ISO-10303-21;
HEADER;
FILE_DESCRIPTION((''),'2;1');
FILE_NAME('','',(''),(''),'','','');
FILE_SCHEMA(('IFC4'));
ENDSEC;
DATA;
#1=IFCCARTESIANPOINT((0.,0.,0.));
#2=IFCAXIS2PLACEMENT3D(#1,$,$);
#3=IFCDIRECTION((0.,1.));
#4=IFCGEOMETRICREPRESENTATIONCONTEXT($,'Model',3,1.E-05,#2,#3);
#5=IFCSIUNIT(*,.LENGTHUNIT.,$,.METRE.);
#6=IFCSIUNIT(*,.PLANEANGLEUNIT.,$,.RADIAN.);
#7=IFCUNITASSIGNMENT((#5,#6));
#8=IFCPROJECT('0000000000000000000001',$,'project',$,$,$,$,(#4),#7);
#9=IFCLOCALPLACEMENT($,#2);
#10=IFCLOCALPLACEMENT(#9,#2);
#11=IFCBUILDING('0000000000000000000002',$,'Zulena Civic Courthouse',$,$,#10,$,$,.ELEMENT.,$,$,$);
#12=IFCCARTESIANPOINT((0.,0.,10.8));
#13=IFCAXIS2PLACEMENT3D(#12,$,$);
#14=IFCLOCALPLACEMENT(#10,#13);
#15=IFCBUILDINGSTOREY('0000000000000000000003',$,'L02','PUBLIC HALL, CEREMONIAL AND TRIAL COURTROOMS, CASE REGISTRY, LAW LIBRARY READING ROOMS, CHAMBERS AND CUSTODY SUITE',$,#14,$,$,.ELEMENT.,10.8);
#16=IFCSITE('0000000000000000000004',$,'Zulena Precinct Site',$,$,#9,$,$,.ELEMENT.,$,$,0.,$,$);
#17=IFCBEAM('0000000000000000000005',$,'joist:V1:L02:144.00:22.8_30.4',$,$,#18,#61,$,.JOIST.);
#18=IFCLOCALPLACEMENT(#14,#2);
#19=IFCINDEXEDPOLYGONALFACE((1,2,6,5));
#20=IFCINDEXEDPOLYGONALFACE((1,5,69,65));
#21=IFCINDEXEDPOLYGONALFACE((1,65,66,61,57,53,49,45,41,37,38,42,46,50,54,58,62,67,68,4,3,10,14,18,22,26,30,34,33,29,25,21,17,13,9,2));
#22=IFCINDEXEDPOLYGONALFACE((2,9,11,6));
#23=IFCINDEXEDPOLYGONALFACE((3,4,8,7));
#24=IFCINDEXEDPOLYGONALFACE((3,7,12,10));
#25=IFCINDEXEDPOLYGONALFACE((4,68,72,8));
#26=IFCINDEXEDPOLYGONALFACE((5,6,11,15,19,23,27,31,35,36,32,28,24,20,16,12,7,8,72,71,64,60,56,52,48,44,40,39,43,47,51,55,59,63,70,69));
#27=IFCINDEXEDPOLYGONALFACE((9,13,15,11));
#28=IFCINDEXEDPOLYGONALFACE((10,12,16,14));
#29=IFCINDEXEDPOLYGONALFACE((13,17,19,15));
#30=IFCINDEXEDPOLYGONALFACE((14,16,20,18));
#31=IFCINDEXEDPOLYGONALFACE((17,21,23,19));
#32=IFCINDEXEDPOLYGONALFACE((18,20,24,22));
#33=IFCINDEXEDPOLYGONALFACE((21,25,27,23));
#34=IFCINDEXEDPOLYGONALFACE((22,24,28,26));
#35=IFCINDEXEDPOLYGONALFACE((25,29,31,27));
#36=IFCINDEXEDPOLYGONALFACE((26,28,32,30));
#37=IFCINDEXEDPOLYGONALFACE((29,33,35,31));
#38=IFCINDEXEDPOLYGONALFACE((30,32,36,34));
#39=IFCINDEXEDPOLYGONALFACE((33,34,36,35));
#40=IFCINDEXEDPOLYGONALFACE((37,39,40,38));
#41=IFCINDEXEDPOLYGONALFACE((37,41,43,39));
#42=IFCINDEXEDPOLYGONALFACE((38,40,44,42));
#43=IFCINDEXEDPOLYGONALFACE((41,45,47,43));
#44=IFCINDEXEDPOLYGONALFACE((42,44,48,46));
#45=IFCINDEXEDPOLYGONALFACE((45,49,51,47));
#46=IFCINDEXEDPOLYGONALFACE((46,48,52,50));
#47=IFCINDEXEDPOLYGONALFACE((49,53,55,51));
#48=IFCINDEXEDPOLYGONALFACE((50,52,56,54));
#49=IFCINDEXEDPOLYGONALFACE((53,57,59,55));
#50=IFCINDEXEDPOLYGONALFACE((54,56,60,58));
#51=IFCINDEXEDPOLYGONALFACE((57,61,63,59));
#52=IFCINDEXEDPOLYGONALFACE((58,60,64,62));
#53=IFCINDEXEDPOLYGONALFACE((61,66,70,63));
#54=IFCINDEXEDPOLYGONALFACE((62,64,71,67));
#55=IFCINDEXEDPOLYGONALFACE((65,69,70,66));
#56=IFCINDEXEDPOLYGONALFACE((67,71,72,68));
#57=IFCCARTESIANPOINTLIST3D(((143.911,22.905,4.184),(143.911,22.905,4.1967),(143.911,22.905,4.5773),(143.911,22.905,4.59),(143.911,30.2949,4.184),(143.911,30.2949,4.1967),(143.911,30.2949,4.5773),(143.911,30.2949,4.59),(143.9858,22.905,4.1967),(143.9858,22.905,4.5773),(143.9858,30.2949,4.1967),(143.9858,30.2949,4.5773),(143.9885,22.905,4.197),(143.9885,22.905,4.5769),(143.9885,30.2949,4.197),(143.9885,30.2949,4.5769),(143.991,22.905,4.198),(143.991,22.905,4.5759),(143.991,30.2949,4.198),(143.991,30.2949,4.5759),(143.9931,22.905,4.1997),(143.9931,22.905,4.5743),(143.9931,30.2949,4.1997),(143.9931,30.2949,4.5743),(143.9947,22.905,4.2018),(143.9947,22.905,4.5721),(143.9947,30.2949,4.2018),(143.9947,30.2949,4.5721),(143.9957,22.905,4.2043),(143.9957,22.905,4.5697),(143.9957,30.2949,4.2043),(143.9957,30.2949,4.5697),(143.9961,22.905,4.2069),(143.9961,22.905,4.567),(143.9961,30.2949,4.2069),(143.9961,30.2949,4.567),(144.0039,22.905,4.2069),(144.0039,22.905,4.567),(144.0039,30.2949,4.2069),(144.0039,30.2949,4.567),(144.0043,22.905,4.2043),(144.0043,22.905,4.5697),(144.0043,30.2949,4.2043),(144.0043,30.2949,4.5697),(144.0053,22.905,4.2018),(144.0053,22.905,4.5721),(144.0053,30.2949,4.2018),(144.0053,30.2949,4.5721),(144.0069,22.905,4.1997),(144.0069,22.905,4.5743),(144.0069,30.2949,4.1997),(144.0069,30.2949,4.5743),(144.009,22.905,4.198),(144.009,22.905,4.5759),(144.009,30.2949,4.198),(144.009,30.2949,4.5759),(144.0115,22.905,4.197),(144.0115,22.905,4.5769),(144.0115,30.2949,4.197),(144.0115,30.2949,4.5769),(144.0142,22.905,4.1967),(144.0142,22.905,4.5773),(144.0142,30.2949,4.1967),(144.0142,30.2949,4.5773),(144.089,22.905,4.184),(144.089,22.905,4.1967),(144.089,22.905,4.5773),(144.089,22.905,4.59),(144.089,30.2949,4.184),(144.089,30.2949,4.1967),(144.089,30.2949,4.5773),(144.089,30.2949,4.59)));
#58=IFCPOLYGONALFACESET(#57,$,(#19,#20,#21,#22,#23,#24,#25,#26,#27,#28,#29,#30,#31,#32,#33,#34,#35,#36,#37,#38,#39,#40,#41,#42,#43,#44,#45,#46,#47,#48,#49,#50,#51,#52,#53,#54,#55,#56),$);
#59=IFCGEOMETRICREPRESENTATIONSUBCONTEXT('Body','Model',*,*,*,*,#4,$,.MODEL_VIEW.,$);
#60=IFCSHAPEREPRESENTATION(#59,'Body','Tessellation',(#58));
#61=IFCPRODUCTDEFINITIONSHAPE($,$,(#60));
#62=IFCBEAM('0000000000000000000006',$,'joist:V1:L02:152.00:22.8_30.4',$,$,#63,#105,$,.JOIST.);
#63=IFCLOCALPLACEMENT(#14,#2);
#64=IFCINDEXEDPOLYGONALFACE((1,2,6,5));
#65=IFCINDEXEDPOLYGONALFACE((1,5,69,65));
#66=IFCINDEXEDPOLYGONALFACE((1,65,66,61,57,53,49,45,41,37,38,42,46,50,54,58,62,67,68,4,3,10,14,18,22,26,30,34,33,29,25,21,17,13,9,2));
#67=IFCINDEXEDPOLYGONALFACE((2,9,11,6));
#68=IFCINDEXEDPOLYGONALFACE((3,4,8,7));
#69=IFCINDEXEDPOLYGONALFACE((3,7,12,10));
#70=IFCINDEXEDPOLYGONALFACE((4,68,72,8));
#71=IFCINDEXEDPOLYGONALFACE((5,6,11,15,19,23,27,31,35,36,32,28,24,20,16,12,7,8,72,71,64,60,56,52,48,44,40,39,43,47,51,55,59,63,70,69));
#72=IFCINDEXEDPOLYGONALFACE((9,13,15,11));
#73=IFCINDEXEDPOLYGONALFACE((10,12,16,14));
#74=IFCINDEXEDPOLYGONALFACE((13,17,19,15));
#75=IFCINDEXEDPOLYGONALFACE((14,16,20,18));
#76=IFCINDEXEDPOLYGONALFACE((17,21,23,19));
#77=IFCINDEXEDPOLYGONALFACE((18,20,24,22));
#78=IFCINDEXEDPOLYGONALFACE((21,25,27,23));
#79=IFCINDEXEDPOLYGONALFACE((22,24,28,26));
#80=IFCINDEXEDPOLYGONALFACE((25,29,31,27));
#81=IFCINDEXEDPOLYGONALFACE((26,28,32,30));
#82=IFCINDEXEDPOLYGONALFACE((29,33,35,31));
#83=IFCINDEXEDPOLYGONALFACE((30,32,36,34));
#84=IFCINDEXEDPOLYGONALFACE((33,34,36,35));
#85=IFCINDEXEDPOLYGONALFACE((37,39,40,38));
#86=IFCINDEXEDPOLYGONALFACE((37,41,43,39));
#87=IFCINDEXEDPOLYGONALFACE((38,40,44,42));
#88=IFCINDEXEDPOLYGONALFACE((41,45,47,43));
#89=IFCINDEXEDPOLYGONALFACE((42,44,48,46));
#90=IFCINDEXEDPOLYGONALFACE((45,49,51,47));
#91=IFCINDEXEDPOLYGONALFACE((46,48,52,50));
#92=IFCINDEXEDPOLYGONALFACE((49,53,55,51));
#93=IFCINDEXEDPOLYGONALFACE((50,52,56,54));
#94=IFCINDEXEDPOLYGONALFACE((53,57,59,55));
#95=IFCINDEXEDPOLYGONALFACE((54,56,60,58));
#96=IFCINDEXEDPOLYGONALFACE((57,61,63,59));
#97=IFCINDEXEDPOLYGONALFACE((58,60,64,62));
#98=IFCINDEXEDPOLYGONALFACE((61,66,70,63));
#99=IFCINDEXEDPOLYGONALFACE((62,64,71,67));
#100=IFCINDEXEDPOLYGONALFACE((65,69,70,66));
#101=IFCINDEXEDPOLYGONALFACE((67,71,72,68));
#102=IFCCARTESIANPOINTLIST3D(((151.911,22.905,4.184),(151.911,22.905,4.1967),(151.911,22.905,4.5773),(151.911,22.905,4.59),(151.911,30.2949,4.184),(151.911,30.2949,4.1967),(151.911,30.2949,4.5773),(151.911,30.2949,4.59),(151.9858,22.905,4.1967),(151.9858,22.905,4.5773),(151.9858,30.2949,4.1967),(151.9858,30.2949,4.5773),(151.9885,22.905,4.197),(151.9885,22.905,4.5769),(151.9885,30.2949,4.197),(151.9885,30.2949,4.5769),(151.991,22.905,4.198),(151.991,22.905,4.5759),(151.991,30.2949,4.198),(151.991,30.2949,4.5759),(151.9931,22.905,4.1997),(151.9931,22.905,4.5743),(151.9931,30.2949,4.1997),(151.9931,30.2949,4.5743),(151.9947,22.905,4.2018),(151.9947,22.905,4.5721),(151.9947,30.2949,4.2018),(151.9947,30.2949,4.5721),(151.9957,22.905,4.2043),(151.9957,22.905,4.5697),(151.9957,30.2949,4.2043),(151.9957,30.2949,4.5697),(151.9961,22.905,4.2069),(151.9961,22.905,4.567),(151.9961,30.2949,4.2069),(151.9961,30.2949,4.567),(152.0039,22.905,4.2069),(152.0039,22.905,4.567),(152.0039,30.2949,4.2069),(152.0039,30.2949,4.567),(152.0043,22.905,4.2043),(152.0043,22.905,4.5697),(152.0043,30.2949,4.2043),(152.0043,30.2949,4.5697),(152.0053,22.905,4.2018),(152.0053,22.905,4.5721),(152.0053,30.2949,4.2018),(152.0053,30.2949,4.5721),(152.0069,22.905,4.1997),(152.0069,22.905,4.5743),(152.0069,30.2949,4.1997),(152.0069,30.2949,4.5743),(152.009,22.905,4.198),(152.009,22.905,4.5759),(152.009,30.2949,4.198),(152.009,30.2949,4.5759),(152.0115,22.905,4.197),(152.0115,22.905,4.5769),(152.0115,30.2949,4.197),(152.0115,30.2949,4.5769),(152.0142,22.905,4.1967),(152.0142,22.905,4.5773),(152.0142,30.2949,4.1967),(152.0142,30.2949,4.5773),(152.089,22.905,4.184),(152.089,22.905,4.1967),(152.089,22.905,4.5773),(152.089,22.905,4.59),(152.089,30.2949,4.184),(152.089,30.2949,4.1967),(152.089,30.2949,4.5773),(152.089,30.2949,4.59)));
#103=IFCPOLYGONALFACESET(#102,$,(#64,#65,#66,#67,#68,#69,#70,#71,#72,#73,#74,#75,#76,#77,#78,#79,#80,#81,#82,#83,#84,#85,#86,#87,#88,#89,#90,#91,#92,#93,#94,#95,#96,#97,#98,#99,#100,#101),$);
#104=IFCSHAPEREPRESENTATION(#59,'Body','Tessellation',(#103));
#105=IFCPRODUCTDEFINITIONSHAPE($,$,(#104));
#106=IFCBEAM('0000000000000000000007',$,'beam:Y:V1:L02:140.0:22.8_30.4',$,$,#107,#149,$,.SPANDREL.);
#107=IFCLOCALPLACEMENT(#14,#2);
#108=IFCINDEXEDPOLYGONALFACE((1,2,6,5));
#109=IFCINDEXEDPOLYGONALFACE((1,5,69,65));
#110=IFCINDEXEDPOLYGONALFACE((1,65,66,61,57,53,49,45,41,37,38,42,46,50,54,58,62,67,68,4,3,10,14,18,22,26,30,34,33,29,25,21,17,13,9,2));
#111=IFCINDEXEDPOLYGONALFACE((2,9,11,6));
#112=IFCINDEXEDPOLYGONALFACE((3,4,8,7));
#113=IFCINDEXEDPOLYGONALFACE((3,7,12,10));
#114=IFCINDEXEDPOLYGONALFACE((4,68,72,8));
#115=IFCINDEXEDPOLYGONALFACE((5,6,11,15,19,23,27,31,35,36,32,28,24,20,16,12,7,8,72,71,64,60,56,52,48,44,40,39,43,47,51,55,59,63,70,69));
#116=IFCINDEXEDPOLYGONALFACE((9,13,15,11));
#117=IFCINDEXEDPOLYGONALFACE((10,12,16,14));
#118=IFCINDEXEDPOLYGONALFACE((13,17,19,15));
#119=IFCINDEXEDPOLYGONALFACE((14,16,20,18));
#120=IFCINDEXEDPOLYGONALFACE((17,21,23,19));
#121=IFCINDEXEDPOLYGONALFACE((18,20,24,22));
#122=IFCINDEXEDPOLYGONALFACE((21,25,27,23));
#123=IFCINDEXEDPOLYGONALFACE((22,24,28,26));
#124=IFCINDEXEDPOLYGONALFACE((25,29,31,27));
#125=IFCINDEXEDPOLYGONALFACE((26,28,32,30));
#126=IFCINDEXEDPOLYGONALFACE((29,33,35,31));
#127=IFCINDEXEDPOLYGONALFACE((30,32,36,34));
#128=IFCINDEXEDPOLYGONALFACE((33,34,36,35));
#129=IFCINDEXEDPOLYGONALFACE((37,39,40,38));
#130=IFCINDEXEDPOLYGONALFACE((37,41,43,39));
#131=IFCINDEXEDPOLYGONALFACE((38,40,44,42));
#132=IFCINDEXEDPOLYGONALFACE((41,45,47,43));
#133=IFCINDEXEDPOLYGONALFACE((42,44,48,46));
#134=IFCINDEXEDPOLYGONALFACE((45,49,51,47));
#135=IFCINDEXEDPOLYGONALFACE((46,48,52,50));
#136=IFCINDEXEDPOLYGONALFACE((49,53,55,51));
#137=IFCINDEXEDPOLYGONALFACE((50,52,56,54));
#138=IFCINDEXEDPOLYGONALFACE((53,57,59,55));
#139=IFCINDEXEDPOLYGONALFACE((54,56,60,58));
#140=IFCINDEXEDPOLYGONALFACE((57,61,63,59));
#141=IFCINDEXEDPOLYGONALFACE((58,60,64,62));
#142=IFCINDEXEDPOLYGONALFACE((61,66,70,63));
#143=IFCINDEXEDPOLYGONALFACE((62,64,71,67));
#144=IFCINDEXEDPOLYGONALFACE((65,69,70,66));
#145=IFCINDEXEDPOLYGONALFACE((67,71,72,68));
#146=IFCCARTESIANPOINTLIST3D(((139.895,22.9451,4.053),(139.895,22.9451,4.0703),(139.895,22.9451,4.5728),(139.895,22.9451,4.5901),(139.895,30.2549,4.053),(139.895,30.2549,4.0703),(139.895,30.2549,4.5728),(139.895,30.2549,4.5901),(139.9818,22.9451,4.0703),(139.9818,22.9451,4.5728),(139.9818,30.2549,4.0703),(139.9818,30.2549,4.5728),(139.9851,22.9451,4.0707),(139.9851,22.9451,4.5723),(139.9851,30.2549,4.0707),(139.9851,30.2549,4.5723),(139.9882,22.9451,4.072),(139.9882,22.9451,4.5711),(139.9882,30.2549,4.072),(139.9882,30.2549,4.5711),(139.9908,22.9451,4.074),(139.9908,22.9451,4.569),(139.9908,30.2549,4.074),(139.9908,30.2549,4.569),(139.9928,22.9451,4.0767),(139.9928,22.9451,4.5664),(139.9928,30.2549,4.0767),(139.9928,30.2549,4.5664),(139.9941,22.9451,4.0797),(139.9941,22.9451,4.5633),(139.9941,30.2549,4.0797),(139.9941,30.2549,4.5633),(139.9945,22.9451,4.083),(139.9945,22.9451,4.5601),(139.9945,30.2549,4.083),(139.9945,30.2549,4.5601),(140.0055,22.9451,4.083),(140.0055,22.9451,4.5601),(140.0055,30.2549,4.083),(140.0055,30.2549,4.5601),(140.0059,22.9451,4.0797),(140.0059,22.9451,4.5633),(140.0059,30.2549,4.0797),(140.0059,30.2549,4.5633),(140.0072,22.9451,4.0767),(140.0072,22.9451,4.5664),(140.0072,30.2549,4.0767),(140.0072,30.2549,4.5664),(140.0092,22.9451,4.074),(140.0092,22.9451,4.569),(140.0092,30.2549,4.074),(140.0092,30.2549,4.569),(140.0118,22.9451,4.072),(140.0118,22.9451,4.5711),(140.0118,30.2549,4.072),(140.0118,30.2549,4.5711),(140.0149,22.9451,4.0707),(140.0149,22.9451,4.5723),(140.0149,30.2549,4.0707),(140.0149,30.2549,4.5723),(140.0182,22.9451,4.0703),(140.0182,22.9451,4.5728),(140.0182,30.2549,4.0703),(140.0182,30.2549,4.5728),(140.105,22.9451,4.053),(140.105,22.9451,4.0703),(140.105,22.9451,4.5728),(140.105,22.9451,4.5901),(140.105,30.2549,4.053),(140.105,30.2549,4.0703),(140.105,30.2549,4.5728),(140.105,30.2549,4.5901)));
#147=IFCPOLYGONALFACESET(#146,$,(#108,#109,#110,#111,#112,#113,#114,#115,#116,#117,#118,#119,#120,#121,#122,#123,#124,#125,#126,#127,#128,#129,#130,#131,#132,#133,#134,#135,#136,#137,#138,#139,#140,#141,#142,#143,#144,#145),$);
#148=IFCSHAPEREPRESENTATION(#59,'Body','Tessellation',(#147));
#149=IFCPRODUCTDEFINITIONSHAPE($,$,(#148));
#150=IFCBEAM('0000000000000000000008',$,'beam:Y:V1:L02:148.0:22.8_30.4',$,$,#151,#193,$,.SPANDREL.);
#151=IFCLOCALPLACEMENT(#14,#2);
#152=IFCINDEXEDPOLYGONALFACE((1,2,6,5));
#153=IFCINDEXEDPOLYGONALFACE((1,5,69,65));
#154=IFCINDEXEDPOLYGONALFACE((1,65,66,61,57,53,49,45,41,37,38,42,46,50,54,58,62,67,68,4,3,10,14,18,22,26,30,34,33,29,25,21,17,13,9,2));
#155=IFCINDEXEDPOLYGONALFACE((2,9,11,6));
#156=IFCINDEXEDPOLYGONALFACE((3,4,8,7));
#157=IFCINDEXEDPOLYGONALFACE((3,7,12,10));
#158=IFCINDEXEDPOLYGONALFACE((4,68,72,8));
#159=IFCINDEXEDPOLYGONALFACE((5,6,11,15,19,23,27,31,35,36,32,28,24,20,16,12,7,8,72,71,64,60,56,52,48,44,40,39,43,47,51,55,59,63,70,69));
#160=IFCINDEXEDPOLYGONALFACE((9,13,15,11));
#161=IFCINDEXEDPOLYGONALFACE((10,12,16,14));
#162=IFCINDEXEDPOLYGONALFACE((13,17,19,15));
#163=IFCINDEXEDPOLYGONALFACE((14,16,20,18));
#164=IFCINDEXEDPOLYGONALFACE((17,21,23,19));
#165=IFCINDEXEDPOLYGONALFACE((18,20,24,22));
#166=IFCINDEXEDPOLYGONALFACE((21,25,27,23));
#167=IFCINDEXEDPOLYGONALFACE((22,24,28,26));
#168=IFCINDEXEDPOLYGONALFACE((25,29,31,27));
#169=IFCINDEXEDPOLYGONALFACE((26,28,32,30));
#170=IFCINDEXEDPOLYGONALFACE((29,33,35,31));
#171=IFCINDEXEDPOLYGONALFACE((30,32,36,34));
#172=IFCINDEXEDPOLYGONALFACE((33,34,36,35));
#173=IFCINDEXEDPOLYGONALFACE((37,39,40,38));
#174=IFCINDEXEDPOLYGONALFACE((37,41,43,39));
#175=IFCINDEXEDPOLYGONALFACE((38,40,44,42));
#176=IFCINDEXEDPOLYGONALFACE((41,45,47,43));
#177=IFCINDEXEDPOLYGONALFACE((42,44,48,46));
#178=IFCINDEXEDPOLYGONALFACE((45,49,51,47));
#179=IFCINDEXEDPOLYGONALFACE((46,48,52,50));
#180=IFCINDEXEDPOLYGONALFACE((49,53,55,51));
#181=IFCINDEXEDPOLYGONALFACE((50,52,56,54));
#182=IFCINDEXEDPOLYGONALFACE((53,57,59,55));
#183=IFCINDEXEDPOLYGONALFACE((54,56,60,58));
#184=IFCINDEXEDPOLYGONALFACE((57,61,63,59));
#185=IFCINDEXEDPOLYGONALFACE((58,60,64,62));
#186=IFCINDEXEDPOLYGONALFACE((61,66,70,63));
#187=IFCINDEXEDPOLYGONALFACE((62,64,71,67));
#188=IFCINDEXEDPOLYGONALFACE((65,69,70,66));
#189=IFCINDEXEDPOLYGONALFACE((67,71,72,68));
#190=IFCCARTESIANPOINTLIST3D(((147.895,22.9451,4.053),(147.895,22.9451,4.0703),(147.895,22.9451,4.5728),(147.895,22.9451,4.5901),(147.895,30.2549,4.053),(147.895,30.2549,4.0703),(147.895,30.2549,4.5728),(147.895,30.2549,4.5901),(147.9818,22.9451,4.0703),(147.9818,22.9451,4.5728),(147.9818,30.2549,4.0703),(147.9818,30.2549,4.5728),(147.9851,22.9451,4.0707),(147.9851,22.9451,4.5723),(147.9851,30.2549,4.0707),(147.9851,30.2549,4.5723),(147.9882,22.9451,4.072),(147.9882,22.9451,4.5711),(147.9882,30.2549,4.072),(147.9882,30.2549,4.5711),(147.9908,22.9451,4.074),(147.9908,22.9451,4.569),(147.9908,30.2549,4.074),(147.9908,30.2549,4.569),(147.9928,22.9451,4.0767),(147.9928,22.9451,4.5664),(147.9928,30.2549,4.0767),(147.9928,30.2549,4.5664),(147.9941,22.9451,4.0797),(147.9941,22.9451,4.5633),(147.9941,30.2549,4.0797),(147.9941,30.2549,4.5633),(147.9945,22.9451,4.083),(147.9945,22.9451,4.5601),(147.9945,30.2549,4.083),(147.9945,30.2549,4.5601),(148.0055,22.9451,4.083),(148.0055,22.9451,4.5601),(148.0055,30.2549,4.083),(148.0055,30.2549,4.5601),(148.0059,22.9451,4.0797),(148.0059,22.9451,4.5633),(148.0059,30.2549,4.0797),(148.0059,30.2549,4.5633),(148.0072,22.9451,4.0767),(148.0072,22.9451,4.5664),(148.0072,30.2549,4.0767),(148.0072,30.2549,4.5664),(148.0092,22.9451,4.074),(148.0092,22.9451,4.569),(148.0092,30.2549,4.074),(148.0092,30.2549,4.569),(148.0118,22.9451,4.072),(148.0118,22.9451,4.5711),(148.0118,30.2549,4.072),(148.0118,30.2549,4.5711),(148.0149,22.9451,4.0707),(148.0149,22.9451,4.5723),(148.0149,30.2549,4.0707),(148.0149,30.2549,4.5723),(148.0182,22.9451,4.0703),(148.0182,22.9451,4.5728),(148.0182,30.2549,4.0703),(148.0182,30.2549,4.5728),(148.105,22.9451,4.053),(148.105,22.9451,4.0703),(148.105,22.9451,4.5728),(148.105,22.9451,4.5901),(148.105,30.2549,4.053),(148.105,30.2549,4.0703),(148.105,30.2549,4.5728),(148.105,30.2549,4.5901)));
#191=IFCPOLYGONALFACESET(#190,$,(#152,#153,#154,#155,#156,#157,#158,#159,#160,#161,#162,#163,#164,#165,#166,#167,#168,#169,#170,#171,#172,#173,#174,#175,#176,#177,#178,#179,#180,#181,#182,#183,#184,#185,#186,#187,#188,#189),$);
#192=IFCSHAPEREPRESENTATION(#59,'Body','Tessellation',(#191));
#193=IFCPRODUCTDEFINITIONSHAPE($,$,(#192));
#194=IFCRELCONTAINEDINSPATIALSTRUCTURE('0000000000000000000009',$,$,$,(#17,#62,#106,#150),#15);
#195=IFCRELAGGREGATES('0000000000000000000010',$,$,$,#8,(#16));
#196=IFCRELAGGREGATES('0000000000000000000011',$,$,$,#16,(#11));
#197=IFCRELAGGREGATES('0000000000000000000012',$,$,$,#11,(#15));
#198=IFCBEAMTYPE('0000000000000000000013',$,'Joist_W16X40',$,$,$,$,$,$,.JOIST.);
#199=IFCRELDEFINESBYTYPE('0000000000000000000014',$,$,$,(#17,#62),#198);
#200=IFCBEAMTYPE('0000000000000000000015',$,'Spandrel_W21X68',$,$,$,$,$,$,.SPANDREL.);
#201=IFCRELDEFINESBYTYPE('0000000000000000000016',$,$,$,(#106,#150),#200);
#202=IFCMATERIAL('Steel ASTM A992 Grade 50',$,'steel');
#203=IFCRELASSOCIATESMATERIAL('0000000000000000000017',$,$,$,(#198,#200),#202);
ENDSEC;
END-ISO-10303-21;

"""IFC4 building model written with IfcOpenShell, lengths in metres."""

from ifc_helpers import new_model, si_unit, direction, frame, origin, origin_2d, place, context, subcontext, project, spatial, i_section, extrude, material, material_profile, profile_set, type_object, element, save


model = new_model("IFC4")

# Units and contexts
model_context = context("Model", 3, precision=1e-05, world=origin(), true_north=direction((0.0, 1.0)))
body_context = subcontext(model_context, "Body", "Model", "MODEL_VIEW")
ifc_project = project(units=[si_unit("LENGTHUNIT", "METRE"), si_unit("PLANEANGLEUNIT", "RADIAN")], contexts=[model_context])

# Site, building, storey
site_placement = place(None, origin())
site = spatial("IfcSite", under=ifc_project, at=site_placement, Name="Zulena Precinct Site", CompositionType="ELEMENT", RefElevation=0.0)
building_placement = place(site_placement, origin())
building = spatial("IfcBuilding", under=site, at=building_placement, Name="Zulena Civic Courthouse", CompositionType="ELEMENT")
storey_placement = place(building_placement, frame((0.0, 0.0, 10.8)))
storey = spatial("IfcBuildingStorey", under=building, at=storey_placement, Name="L02", Description="PUBLIC HALL, CEREMONIAL AND TRIAL COURTROOMS, CASE REGISTRY, LAW LIBRARY READING ROOMS, CHAMBERS AND CUSTODY SUITE", CompositionType="ELEMENT", Elevation=10.8)

# Shared definitions
ifc_material_1 = material(Name="Steel ASTM A992 Grade 50", Category="steel")

# Beams
ifc_material_profile_1 = material_profile(ifc_material_1, i_section(OverallWidth=0.178, OverallDepth=0.406, WebThickness=0.0078, FlangeThickness=0.0127, FilletRadius=0.0103, at=origin_2d()), Name="W16X40")
ifc_profile_set_1 = profile_set([ifc_material_profile_1], Name="Steel ASTM A992 Grade 50")
beam_type_1 = type_object("IfcBeamType", Name="Joist_W16X40", PredefinedType="JOIST", material=ifc_profile_set_1)
for number, where, z_axis, x_axis, name in (
    (1, (144.0, 22.905, 4.387), (0.0, 1.0, 0.0), (-1.0, 0.0, 0.0), "joist:V1:L02:144.00:22.8_30.4"),
    (2, (152.0, 22.905, 4.387), (0.0, 1.0, 0.0), (-1.0, 0.0, 0.0), "joist:V1:L02:152.00:22.8_30.4"),
):
    element("IfcBeam", number, at=place(storey_placement, frame(where, z_axis=z_axis, x_axis=x_axis)), inside=storey, type_object=beam_type_1, Name=name, PredefinedType="JOIST", context=body_context, shape_type="SweptSolid", body=[
        extrude(i_section(OverallWidth=0.178, OverallDepth=0.406, WebThickness=0.0078, FlangeThickness=0.0127, FilletRadius=0.0103, at=origin_2d()), origin(), (0.0, 0.0, 1.0), 7.3899),
    ])
ifc_material_profile_2 = material_profile(ifc_material_1, i_section(OverallWidth=0.21, OverallDepth=0.5371, WebThickness=0.011, FlangeThickness=0.0173, FilletRadius=0.0127, at=origin_2d()), Name="W21X68")
ifc_profile_set_2 = profile_set([ifc_material_profile_2], Name="Steel ASTM A992 Grade 50")
beam_type_2 = type_object("IfcBeamType", Name="Spandrel_W21X68", PredefinedType="SPANDREL", material=ifc_profile_set_2)
for number, where, z_axis, x_axis, name in (
    (3, (140.0, 22.9451, 4.3215), (0.0, 1.0, 0.0), (-1.0, 0.0, 0.0), "beam:Y:V1:L02:140.0:22.8_30.4"),
    (4, (148.0, 22.9451, 4.3215), (0.0, 1.0, 0.0), (-1.0, 0.0, 0.0), "beam:Y:V1:L02:148.0:22.8_30.4"),
):
    element("IfcBeam", number, at=place(storey_placement, frame(where, z_axis=z_axis, x_axis=x_axis)), inside=storey, type_object=beam_type_2, Name=name, PredefinedType="SPANDREL", context=body_context, shape_type="SweptSolid", body=[
        extrude(i_section(OverallWidth=0.21, OverallDepth=0.5371, WebThickness=0.011, FlangeThickness=0.0173, FilletRadius=0.0127, at=origin_2d()), origin(), (0.0, 0.0, 1.0), 7.3098),
    ])

save(model, "model.ifc")
